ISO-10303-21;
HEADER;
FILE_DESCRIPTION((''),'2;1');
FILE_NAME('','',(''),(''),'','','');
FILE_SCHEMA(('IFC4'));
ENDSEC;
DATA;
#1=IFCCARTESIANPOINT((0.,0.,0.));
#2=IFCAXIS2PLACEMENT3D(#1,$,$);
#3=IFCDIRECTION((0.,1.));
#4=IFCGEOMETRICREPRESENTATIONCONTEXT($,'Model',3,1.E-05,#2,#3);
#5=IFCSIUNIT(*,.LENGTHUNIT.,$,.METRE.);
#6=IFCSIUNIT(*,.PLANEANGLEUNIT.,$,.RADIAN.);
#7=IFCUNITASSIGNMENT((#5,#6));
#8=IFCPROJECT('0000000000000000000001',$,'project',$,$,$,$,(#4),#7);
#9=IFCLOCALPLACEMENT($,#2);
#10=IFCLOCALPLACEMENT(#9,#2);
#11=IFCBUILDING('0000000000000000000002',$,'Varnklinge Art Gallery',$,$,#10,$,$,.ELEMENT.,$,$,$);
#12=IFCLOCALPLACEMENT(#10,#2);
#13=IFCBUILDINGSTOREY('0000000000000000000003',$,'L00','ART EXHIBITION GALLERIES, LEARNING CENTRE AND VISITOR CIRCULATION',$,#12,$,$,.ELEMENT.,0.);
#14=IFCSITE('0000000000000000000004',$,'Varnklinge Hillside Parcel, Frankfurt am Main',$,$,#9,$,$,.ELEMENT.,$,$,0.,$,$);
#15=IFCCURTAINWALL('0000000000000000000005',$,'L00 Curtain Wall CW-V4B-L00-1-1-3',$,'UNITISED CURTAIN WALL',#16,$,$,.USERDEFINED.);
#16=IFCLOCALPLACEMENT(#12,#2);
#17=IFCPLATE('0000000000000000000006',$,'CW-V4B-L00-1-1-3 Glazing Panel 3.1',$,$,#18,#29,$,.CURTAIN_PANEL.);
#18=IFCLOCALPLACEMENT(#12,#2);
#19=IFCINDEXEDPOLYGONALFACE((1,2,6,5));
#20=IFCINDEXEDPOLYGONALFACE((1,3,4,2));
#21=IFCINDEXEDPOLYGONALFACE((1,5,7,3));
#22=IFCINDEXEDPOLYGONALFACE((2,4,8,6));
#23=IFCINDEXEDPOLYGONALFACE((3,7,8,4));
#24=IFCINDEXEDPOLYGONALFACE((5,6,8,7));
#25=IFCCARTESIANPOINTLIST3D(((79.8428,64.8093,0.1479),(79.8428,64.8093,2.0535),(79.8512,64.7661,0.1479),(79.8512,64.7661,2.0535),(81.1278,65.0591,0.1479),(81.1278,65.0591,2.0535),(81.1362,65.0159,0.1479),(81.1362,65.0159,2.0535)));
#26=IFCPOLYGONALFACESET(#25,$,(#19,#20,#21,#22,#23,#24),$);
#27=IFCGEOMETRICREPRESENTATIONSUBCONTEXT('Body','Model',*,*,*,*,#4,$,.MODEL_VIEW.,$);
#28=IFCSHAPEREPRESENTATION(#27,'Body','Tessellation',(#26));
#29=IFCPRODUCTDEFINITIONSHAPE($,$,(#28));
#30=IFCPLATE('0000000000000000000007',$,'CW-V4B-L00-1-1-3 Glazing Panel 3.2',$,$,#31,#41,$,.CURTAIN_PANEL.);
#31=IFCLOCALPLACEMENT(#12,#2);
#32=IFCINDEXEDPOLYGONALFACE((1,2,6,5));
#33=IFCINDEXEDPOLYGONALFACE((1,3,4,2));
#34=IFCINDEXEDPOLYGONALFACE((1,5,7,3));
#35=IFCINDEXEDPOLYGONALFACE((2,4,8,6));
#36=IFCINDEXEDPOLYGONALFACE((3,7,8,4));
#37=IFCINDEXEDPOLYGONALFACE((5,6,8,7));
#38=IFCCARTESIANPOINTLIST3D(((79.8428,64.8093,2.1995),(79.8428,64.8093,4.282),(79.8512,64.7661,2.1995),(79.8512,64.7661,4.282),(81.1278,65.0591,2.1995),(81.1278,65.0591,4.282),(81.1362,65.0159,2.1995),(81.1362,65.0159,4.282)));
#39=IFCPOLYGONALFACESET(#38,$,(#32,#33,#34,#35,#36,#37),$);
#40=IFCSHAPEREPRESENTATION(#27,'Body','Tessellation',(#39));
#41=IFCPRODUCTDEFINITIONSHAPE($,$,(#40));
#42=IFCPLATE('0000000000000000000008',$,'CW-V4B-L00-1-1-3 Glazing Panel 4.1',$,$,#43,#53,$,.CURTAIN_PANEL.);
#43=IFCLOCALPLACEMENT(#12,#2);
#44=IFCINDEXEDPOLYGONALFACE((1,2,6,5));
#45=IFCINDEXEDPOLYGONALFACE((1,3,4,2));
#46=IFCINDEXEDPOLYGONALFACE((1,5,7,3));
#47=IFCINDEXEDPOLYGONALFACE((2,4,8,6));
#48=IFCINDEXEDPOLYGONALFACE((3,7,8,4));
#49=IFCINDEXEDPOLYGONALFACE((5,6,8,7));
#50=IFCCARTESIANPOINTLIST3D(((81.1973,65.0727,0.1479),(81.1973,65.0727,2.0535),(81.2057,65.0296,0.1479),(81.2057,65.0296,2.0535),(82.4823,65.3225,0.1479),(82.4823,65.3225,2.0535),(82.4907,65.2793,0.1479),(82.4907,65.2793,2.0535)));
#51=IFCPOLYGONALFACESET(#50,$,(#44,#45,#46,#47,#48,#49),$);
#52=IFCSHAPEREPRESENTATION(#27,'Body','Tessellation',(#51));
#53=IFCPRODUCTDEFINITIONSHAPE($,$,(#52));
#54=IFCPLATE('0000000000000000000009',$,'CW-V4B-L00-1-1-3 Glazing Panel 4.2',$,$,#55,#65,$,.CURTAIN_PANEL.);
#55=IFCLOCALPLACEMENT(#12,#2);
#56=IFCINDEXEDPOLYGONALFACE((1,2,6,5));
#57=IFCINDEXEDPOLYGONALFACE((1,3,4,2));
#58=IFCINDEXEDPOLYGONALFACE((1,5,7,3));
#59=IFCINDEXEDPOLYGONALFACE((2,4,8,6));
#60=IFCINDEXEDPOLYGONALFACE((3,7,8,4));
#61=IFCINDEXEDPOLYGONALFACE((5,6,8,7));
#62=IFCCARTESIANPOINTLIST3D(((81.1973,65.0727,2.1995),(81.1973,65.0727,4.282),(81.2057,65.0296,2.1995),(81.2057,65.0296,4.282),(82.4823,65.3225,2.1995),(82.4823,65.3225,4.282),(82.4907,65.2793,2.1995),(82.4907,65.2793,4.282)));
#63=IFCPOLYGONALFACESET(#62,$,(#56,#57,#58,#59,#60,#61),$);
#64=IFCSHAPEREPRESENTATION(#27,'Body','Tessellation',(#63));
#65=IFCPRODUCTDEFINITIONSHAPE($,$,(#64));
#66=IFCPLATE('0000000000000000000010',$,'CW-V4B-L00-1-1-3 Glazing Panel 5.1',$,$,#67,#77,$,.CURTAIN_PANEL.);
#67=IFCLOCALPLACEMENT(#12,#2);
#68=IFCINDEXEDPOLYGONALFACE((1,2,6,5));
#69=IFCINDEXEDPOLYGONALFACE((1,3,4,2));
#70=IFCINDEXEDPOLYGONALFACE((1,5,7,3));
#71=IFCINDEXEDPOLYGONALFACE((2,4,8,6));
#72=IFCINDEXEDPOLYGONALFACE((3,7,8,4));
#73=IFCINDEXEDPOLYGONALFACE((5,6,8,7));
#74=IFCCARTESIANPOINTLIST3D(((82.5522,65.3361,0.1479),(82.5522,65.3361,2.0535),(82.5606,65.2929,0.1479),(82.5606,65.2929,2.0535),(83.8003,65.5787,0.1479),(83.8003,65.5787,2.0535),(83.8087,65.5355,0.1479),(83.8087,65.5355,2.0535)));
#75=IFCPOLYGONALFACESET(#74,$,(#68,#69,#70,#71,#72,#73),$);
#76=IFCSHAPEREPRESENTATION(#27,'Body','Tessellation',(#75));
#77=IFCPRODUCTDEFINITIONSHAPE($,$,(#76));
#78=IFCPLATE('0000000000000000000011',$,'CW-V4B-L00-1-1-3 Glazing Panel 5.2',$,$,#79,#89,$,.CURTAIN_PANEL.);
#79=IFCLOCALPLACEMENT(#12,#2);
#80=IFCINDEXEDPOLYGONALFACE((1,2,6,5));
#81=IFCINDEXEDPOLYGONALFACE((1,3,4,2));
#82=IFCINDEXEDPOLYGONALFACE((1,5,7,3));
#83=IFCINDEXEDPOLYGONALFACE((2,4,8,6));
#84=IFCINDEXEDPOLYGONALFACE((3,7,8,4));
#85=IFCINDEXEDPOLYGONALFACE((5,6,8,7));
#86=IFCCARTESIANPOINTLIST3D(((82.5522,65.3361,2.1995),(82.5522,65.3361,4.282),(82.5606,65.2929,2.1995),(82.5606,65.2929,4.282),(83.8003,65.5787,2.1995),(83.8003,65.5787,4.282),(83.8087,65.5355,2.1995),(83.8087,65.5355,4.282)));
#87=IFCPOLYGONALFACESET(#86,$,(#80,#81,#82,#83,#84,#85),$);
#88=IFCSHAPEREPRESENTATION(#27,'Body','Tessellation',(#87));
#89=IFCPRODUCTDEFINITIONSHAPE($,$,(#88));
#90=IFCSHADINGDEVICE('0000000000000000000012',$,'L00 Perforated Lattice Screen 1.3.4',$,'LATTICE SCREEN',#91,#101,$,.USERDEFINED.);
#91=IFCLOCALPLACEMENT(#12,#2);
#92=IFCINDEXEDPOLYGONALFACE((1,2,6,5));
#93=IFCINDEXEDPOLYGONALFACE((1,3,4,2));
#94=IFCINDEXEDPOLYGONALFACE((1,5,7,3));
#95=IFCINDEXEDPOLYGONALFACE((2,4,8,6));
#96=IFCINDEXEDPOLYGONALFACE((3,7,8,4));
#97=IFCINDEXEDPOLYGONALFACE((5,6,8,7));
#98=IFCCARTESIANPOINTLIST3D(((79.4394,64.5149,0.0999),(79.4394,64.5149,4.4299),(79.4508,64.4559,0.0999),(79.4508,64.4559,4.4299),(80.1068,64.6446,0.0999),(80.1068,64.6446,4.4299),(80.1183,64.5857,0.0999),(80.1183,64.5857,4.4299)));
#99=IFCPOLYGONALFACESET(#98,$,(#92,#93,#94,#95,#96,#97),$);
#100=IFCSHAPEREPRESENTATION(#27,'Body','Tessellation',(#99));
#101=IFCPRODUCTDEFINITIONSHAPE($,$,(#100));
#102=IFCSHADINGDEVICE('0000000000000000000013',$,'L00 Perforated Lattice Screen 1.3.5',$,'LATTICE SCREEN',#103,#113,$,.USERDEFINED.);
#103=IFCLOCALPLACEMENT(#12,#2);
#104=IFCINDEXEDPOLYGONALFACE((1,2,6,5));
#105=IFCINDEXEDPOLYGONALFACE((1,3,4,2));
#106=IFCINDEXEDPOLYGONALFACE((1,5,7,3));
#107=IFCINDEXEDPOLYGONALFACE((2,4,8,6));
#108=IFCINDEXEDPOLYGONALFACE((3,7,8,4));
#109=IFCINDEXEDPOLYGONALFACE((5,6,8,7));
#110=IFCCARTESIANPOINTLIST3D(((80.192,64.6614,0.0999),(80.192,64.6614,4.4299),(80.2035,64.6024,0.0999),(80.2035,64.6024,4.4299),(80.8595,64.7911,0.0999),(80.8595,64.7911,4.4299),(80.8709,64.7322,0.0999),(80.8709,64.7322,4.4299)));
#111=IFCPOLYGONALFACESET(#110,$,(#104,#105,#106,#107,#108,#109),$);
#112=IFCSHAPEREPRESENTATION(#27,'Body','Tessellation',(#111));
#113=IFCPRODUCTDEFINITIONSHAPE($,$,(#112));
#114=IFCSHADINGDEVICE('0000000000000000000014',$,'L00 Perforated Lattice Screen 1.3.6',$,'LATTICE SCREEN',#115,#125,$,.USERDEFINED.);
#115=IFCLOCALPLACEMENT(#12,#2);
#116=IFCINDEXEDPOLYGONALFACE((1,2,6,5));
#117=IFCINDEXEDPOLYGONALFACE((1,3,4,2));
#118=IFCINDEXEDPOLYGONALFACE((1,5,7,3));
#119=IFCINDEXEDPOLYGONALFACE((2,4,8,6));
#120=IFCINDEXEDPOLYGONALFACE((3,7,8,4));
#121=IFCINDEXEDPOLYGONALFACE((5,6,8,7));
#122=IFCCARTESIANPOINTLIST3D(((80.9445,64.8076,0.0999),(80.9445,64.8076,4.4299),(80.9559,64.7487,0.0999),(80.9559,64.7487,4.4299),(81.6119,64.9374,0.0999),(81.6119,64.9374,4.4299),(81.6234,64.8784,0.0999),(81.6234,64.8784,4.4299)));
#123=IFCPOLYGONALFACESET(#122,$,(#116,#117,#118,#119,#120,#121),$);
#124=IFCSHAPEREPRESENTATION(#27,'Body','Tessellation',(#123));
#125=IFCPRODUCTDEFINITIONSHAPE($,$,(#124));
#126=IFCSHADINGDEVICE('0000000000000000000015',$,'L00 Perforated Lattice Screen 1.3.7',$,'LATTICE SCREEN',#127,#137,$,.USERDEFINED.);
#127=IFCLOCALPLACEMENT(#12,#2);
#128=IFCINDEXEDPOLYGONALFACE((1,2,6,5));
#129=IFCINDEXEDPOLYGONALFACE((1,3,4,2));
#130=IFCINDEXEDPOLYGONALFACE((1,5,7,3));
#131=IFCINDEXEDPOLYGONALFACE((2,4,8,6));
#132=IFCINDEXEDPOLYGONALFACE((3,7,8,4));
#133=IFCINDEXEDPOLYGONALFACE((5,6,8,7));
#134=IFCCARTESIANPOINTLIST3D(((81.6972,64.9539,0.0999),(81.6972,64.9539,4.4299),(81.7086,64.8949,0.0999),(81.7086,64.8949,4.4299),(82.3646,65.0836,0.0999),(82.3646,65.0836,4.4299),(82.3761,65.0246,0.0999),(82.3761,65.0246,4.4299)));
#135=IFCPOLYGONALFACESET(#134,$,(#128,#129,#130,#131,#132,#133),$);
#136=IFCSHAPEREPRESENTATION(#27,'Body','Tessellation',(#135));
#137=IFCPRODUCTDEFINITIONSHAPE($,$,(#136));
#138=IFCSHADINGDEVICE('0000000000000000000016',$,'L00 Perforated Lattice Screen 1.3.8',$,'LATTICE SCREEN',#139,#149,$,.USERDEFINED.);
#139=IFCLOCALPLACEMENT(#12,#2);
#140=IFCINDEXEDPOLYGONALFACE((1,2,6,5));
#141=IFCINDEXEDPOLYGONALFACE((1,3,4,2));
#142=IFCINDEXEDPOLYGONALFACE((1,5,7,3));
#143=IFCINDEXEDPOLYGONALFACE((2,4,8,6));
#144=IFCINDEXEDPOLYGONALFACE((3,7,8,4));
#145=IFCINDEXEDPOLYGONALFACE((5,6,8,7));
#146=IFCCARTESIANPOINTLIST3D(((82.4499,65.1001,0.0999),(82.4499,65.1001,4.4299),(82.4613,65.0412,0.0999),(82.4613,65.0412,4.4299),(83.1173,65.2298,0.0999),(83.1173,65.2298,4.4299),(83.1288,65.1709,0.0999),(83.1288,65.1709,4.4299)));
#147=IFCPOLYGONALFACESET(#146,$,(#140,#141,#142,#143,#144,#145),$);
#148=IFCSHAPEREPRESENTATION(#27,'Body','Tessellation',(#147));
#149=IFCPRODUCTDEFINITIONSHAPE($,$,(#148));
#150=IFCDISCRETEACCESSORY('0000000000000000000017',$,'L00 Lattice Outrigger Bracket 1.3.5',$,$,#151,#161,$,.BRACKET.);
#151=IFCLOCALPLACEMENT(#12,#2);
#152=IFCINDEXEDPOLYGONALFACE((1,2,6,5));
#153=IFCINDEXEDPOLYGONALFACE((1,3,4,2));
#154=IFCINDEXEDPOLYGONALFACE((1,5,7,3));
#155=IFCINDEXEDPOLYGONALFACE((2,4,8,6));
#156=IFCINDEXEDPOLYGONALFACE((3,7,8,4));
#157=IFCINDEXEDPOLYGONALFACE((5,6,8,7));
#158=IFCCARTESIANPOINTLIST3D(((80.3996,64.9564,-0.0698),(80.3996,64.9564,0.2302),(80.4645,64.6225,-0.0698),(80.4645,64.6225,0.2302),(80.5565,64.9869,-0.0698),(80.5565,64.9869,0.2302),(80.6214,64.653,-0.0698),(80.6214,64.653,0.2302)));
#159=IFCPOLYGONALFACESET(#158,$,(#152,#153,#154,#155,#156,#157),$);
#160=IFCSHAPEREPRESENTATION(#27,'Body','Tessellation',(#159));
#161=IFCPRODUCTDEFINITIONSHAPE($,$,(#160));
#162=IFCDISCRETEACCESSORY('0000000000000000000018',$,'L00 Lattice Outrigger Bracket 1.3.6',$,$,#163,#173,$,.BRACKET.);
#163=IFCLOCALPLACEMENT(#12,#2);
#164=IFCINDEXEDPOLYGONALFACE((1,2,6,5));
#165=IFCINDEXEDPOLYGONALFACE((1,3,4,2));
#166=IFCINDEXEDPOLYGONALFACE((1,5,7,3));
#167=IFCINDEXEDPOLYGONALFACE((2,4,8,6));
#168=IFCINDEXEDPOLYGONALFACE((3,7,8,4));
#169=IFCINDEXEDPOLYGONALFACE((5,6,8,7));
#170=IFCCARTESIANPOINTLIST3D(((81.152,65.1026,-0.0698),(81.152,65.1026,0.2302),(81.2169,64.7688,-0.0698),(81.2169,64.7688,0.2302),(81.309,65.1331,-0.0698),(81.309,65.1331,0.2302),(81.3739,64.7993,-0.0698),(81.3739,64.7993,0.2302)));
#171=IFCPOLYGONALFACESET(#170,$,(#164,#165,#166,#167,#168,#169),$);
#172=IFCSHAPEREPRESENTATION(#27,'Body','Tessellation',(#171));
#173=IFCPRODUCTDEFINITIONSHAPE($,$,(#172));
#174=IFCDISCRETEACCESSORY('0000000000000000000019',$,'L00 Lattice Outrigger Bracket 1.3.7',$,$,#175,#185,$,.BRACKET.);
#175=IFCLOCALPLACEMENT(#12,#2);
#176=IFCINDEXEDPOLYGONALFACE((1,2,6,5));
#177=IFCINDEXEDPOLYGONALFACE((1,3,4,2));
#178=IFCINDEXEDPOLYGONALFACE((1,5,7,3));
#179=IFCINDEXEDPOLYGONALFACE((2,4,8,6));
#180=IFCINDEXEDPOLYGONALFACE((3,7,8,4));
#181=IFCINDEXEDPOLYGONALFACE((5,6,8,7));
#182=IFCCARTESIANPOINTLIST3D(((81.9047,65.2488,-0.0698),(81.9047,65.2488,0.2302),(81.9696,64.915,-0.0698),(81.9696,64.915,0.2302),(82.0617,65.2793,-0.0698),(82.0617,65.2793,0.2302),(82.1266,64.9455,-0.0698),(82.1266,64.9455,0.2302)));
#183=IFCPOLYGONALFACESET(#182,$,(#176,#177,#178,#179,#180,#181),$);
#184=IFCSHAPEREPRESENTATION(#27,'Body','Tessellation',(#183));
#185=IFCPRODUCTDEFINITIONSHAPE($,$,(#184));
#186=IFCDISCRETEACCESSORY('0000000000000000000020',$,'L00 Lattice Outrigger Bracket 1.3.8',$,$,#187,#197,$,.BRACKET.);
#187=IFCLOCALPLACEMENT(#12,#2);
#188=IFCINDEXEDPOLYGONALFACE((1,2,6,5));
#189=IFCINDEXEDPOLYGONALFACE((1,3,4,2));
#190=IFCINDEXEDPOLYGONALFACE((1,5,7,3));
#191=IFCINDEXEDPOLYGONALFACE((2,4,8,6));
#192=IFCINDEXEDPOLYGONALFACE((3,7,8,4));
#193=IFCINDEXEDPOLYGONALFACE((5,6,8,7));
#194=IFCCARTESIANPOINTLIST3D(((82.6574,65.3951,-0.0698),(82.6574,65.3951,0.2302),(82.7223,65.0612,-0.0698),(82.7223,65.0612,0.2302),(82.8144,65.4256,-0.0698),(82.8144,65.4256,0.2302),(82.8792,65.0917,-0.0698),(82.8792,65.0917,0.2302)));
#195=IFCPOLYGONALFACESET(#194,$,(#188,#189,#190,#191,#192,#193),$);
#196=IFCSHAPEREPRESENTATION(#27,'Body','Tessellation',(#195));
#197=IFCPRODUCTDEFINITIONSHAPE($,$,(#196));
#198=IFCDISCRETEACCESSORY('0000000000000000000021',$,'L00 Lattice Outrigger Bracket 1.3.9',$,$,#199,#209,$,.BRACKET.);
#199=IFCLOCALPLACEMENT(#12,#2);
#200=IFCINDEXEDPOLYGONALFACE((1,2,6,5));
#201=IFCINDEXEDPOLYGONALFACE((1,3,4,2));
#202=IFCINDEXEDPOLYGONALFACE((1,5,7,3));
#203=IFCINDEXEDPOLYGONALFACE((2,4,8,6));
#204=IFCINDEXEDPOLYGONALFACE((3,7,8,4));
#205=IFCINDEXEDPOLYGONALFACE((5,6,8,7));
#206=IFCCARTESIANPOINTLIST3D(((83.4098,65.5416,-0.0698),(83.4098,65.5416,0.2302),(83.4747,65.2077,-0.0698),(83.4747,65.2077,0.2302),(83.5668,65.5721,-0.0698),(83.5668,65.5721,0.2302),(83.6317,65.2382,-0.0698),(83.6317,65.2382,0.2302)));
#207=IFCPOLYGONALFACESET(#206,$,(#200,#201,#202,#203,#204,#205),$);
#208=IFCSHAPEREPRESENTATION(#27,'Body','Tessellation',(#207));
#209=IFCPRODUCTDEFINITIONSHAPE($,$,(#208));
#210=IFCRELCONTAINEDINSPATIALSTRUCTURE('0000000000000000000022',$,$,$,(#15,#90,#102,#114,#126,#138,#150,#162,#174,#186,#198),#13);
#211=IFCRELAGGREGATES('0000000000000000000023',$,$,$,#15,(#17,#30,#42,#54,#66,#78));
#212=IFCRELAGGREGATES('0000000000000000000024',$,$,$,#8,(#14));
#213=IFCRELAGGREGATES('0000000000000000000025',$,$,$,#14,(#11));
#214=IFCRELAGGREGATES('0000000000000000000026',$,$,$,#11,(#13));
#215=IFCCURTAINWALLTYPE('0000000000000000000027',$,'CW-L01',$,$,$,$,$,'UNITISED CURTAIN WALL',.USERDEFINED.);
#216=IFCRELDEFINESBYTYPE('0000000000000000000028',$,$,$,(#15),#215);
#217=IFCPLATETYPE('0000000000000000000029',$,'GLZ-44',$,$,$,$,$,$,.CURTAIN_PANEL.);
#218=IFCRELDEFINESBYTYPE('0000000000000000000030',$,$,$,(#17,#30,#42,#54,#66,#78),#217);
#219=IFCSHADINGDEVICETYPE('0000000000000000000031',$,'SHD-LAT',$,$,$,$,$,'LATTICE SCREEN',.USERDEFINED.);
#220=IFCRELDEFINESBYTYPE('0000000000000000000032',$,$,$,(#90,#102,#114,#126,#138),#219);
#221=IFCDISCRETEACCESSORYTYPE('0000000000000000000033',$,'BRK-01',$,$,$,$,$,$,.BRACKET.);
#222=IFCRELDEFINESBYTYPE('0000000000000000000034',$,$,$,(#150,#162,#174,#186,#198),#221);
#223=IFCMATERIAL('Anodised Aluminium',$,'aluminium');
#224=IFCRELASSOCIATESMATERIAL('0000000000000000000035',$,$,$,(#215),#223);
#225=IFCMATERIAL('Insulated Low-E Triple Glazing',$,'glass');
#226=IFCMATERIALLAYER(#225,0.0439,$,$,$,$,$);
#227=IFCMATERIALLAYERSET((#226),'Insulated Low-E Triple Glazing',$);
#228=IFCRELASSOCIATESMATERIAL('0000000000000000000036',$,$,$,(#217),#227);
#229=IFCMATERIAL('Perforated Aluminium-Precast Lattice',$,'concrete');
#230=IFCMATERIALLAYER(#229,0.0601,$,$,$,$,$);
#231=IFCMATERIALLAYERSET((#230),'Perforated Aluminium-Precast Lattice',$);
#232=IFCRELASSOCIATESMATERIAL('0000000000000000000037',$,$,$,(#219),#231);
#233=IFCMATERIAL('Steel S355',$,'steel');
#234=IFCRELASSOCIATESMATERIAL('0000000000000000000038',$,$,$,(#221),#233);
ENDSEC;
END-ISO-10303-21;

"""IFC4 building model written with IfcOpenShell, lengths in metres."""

from ifc_helpers import new_model, si_unit, direction, frame, origin, origin_2d, place, context, subcontext, project, spatial, rectangle, extrude, material, layer, layer_set, type_object, element, aggregate, save


model = new_model("IFC4")

# Units and contexts
model_context = context("Model", 3, precision=1e-05, world=origin(), true_north=direction((0.0, 1.0)))
body_context = subcontext(model_context, "Body", "Model", "MODEL_VIEW")
ifc_project = project(units=[si_unit("LENGTHUNIT", "METRE"), si_unit("PLANEANGLEUNIT", "RADIAN")], contexts=[model_context])

# Site, building, storey
site_placement = place(None, origin())
site = spatial("IfcSite", under=ifc_project, at=site_placement, Name="Varnklinge Hillside Parcel, Frankfurt am Main", CompositionType="ELEMENT", RefElevation=0.0)
building_placement = place(site_placement, origin())
building = spatial("IfcBuilding", under=site, at=building_placement, Name="Varnklinge Art Gallery", CompositionType="ELEMENT")
storey_placement = place(building_placement, origin())
storey = spatial("IfcBuildingStorey", under=building, at=storey_placement, Name="L00", Description="ART EXHIBITION GALLERIES, LEARNING CENTRE AND VISITOR CIRCULATION", CompositionType="ELEMENT", Elevation=0.0)

# Curtain wall
ifc_material_1 = material(Name="Anodised Aluminium", Category="aluminium")
curtain_wall_type = type_object("IfcCurtainWallType", Name="CW-L01", ElementType="UNITISED CURTAIN WALL", PredefinedType="USERDEFINED", material=ifc_material_1)
curtain_wall_placement = place(storey_placement, origin())
curtain_wall = element("IfcCurtainWall", 1, at=curtain_wall_placement, inside=storey, type_object=curtain_wall_type, Name="L00 Curtain Wall CW-V4B-L00-1-1-3", ObjectType="UNITISED CURTAIN WALL", PredefinedType="USERDEFINED")

# Plates
ifc_material_2 = material(Name="Insulated Low-E Triple Glazing", Category="glass")
ifc_layer_1 = layer(ifc_material_2, 0.0439)
ifc_layer_set_1 = layer_set([ifc_layer_1], Name="Insulated Low-E Triple Glazing")
plate_type = type_object("IfcPlateType", Name="GLZ-44", PredefinedType="CURTAIN_PANEL", material=ifc_layer_set_1)
plate_1_placement = place(storey_placement, frame((80.4895, 64.9126, 0.1479), z_axis=(0.0, 0.0, 1.0), x_axis=(0.981627, 0.190809, 0.0)))
plate_1 = element("IfcPlate", 2, at=plate_1_placement, type_object=plate_type, Name="CW-V4B-L00-1-1-3 Glazing Panel 3.1", PredefinedType="CURTAIN_PANEL", context=body_context, shape_type="SweptSolid", body=[
    extrude(rectangle(XDim=1.3091, YDim=0.0439, at=origin_2d()), origin(), (0.0, 0.0, 1.0), 1.9055),
])
plate_2_placement = place(storey_placement, frame((80.4895, 64.9126, 2.1995), z_axis=(0.0, 0.0, 1.0), x_axis=(0.981627, 0.190809, 0.0)))
plate_2 = element("IfcPlate", 3, at=plate_2_placement, type_object=plate_type, Name="CW-V4B-L00-1-1-3 Glazing Panel 3.2", PredefinedType="CURTAIN_PANEL", context=body_context, shape_type="SweptSolid", body=[
    extrude(rectangle(XDim=1.3091, YDim=0.0439, at=origin_2d()), origin(), (0.0, 0.0, 1.0), 2.0825),
])
plate_3_placement = place(storey_placement, frame((81.844, 65.176, 0.1479), z_axis=(0.0, 0.0, 1.0), x_axis=(0.981627, 0.190809, 0.0)))
plate_3 = element("IfcPlate", 4, at=plate_3_placement, type_object=plate_type, Name="CW-V4B-L00-1-1-3 Glazing Panel 4.1", PredefinedType="CURTAIN_PANEL", context=body_context, shape_type="SweptSolid", body=[
    extrude(rectangle(XDim=1.3091, YDim=0.0439, at=origin_2d()), origin(), (0.0, 0.0, 1.0), 1.9055),
])
plate_4_placement = place(storey_placement, frame((81.844, 65.176, 2.1995), z_axis=(0.0, 0.0, 1.0), x_axis=(0.981627, 0.190809, 0.0)))
plate_4 = element("IfcPlate", 5, at=plate_4_placement, type_object=plate_type, Name="CW-V4B-L00-1-1-3 Glazing Panel 4.2", PredefinedType="CURTAIN_PANEL", context=body_context, shape_type="SweptSolid", body=[
    extrude(rectangle(XDim=1.3091, YDim=0.0439, at=origin_2d()), origin(), (0.0, 0.0, 1.0), 2.0825),
])
plate_5_placement = place(storey_placement, frame((83.1804, 65.4358, 0.1479), z_axis=(0.0, 0.0, 1.0), x_axis=(0.981627, 0.190809, 0.0)))
plate_5 = element("IfcPlate", 6, at=plate_5_placement, type_object=plate_type, Name="CW-V4B-L00-1-1-3 Glazing Panel 5.1", PredefinedType="CURTAIN_PANEL", context=body_context, shape_type="SweptSolid", body=[
    extrude(rectangle(XDim=1.2715, YDim=0.0439, at=origin_2d()), origin(), (0.0, 0.0, 1.0), 1.9055),
])
plate_6_placement = place(storey_placement, frame((83.1804, 65.4358, 2.1995), z_axis=(0.0, 0.0, 1.0), x_axis=(0.981627, 0.190809, 0.0)))
plate_6 = element("IfcPlate", 7, at=plate_6_placement, type_object=plate_type, Name="CW-V4B-L00-1-1-3 Glazing Panel 5.2", PredefinedType="CURTAIN_PANEL", context=body_context, shape_type="SweptSolid", body=[
    extrude(rectangle(XDim=1.2715, YDim=0.0439, at=origin_2d()), origin(), (0.0, 0.0, 1.0), 2.0825),
])
aggregate(curtain_wall, [plate_1, plate_2, plate_3, plate_4, plate_5, plate_6])

# Shading devices
ifc_material_3 = material(Name="Perforated Aluminium-Precast Lattice", Category="concrete")
ifc_layer_2 = layer(ifc_material_3, 0.0601)
ifc_layer_set_2 = layer_set([ifc_layer_2], Name="Perforated Aluminium-Precast Lattice")
shading_device_type = type_object("IfcShadingDeviceType", Name="SHD-LAT", ElementType="LATTICE SCREEN", PredefinedType="USERDEFINED", material=ifc_layer_set_2)
for number, where, z_axis, x_axis, name in (
    (8, (79.7788, 64.5503, 0.0999), (0.0, 0.0, 1.0), (0.981627, 0.190809, 0.0), "L00 Perforated Lattice Screen 1.3.4"),
    (9, (80.5315, 64.6968, 0.0999), (0.0, 0.0, 1.0), (0.981627, 0.190809, 0.0), "L00 Perforated Lattice Screen 1.3.5"),
    (10, (81.2839, 64.843, 0.0999), (0.0, 0.0, 1.0), (0.981627, 0.190809, 0.0), "L00 Perforated Lattice Screen 1.3.6"),
    (11, (82.0366, 64.9893, 0.0999), (0.0, 0.0, 1.0), (0.981627, 0.190809, 0.0), "L00 Perforated Lattice Screen 1.3.7"),
    (12, (82.7893, 65.1355, 0.0999), (0.0, 0.0, 1.0), (0.981627, 0.190809, 0.0), "L00 Perforated Lattice Screen 1.3.8"),
):
    element("IfcShadingDevice", number, at=place(storey_placement, frame(where, z_axis=z_axis, x_axis=x_axis)), inside=storey, type_object=shading_device_type, Name=name, ObjectType="LATTICE SCREEN", PredefinedType="USERDEFINED", context=body_context, shape_type="SweptSolid", body=[
        extrude(rectangle(XDim=0.6799, YDim=0.0601, at=origin_2d()), origin(), (0.0, 0.0, 1.0), 4.3301),
    ])

# Discrete accessories
ifc_material_4 = material(Name="Steel S355", Category="steel")
discrete_accessory_type = type_object("IfcDiscreteAccessoryType", Name="BRK-01", PredefinedType="BRACKET", material=ifc_material_4)
for number, where, z_axis, x_axis, name in (
    (13, (80.5105, 64.8047, -0.0698), (0.0, 0.0, 1.0), (0.981627, 0.190809, 0.0), "L00 Lattice Outrigger Bracket 1.3.5"),
    (14, (81.2629, 64.9509, -0.0698), (0.0, 0.0, 1.0), (0.981627, 0.190809, 0.0), "L00 Lattice Outrigger Bracket 1.3.6"),
    (15, (82.0156, 65.0972, -0.0698), (0.0, 0.0, 1.0), (0.981627, 0.190809, 0.0), "L00 Lattice Outrigger Bracket 1.3.7"),
    (16, (82.7683, 65.2434, -0.0698), (0.0, 0.0, 1.0), (0.981627, 0.190809, 0.0), "L00 Lattice Outrigger Bracket 1.3.8"),
    (17, (83.5208, 65.3899, -0.0698), (0.0, 0.0, 1.0), (0.981627, 0.190809, 0.0), "L00 Lattice Outrigger Bracket 1.3.9"),
):
    element("IfcDiscreteAccessory", number, at=place(storey_placement, frame(where, z_axis=z_axis, x_axis=x_axis)), inside=storey, type_object=discrete_accessory_type, Name=name, PredefinedType="BRACKET", context=body_context, shape_type="SweptSolid", body=[
        extrude(rectangle(XDim=0.1599, YDim=0.3401, at=origin_2d()), origin(), (0.0, 0.0, 1.0), 0.3),
    ])

save(model, "model.ifc")
